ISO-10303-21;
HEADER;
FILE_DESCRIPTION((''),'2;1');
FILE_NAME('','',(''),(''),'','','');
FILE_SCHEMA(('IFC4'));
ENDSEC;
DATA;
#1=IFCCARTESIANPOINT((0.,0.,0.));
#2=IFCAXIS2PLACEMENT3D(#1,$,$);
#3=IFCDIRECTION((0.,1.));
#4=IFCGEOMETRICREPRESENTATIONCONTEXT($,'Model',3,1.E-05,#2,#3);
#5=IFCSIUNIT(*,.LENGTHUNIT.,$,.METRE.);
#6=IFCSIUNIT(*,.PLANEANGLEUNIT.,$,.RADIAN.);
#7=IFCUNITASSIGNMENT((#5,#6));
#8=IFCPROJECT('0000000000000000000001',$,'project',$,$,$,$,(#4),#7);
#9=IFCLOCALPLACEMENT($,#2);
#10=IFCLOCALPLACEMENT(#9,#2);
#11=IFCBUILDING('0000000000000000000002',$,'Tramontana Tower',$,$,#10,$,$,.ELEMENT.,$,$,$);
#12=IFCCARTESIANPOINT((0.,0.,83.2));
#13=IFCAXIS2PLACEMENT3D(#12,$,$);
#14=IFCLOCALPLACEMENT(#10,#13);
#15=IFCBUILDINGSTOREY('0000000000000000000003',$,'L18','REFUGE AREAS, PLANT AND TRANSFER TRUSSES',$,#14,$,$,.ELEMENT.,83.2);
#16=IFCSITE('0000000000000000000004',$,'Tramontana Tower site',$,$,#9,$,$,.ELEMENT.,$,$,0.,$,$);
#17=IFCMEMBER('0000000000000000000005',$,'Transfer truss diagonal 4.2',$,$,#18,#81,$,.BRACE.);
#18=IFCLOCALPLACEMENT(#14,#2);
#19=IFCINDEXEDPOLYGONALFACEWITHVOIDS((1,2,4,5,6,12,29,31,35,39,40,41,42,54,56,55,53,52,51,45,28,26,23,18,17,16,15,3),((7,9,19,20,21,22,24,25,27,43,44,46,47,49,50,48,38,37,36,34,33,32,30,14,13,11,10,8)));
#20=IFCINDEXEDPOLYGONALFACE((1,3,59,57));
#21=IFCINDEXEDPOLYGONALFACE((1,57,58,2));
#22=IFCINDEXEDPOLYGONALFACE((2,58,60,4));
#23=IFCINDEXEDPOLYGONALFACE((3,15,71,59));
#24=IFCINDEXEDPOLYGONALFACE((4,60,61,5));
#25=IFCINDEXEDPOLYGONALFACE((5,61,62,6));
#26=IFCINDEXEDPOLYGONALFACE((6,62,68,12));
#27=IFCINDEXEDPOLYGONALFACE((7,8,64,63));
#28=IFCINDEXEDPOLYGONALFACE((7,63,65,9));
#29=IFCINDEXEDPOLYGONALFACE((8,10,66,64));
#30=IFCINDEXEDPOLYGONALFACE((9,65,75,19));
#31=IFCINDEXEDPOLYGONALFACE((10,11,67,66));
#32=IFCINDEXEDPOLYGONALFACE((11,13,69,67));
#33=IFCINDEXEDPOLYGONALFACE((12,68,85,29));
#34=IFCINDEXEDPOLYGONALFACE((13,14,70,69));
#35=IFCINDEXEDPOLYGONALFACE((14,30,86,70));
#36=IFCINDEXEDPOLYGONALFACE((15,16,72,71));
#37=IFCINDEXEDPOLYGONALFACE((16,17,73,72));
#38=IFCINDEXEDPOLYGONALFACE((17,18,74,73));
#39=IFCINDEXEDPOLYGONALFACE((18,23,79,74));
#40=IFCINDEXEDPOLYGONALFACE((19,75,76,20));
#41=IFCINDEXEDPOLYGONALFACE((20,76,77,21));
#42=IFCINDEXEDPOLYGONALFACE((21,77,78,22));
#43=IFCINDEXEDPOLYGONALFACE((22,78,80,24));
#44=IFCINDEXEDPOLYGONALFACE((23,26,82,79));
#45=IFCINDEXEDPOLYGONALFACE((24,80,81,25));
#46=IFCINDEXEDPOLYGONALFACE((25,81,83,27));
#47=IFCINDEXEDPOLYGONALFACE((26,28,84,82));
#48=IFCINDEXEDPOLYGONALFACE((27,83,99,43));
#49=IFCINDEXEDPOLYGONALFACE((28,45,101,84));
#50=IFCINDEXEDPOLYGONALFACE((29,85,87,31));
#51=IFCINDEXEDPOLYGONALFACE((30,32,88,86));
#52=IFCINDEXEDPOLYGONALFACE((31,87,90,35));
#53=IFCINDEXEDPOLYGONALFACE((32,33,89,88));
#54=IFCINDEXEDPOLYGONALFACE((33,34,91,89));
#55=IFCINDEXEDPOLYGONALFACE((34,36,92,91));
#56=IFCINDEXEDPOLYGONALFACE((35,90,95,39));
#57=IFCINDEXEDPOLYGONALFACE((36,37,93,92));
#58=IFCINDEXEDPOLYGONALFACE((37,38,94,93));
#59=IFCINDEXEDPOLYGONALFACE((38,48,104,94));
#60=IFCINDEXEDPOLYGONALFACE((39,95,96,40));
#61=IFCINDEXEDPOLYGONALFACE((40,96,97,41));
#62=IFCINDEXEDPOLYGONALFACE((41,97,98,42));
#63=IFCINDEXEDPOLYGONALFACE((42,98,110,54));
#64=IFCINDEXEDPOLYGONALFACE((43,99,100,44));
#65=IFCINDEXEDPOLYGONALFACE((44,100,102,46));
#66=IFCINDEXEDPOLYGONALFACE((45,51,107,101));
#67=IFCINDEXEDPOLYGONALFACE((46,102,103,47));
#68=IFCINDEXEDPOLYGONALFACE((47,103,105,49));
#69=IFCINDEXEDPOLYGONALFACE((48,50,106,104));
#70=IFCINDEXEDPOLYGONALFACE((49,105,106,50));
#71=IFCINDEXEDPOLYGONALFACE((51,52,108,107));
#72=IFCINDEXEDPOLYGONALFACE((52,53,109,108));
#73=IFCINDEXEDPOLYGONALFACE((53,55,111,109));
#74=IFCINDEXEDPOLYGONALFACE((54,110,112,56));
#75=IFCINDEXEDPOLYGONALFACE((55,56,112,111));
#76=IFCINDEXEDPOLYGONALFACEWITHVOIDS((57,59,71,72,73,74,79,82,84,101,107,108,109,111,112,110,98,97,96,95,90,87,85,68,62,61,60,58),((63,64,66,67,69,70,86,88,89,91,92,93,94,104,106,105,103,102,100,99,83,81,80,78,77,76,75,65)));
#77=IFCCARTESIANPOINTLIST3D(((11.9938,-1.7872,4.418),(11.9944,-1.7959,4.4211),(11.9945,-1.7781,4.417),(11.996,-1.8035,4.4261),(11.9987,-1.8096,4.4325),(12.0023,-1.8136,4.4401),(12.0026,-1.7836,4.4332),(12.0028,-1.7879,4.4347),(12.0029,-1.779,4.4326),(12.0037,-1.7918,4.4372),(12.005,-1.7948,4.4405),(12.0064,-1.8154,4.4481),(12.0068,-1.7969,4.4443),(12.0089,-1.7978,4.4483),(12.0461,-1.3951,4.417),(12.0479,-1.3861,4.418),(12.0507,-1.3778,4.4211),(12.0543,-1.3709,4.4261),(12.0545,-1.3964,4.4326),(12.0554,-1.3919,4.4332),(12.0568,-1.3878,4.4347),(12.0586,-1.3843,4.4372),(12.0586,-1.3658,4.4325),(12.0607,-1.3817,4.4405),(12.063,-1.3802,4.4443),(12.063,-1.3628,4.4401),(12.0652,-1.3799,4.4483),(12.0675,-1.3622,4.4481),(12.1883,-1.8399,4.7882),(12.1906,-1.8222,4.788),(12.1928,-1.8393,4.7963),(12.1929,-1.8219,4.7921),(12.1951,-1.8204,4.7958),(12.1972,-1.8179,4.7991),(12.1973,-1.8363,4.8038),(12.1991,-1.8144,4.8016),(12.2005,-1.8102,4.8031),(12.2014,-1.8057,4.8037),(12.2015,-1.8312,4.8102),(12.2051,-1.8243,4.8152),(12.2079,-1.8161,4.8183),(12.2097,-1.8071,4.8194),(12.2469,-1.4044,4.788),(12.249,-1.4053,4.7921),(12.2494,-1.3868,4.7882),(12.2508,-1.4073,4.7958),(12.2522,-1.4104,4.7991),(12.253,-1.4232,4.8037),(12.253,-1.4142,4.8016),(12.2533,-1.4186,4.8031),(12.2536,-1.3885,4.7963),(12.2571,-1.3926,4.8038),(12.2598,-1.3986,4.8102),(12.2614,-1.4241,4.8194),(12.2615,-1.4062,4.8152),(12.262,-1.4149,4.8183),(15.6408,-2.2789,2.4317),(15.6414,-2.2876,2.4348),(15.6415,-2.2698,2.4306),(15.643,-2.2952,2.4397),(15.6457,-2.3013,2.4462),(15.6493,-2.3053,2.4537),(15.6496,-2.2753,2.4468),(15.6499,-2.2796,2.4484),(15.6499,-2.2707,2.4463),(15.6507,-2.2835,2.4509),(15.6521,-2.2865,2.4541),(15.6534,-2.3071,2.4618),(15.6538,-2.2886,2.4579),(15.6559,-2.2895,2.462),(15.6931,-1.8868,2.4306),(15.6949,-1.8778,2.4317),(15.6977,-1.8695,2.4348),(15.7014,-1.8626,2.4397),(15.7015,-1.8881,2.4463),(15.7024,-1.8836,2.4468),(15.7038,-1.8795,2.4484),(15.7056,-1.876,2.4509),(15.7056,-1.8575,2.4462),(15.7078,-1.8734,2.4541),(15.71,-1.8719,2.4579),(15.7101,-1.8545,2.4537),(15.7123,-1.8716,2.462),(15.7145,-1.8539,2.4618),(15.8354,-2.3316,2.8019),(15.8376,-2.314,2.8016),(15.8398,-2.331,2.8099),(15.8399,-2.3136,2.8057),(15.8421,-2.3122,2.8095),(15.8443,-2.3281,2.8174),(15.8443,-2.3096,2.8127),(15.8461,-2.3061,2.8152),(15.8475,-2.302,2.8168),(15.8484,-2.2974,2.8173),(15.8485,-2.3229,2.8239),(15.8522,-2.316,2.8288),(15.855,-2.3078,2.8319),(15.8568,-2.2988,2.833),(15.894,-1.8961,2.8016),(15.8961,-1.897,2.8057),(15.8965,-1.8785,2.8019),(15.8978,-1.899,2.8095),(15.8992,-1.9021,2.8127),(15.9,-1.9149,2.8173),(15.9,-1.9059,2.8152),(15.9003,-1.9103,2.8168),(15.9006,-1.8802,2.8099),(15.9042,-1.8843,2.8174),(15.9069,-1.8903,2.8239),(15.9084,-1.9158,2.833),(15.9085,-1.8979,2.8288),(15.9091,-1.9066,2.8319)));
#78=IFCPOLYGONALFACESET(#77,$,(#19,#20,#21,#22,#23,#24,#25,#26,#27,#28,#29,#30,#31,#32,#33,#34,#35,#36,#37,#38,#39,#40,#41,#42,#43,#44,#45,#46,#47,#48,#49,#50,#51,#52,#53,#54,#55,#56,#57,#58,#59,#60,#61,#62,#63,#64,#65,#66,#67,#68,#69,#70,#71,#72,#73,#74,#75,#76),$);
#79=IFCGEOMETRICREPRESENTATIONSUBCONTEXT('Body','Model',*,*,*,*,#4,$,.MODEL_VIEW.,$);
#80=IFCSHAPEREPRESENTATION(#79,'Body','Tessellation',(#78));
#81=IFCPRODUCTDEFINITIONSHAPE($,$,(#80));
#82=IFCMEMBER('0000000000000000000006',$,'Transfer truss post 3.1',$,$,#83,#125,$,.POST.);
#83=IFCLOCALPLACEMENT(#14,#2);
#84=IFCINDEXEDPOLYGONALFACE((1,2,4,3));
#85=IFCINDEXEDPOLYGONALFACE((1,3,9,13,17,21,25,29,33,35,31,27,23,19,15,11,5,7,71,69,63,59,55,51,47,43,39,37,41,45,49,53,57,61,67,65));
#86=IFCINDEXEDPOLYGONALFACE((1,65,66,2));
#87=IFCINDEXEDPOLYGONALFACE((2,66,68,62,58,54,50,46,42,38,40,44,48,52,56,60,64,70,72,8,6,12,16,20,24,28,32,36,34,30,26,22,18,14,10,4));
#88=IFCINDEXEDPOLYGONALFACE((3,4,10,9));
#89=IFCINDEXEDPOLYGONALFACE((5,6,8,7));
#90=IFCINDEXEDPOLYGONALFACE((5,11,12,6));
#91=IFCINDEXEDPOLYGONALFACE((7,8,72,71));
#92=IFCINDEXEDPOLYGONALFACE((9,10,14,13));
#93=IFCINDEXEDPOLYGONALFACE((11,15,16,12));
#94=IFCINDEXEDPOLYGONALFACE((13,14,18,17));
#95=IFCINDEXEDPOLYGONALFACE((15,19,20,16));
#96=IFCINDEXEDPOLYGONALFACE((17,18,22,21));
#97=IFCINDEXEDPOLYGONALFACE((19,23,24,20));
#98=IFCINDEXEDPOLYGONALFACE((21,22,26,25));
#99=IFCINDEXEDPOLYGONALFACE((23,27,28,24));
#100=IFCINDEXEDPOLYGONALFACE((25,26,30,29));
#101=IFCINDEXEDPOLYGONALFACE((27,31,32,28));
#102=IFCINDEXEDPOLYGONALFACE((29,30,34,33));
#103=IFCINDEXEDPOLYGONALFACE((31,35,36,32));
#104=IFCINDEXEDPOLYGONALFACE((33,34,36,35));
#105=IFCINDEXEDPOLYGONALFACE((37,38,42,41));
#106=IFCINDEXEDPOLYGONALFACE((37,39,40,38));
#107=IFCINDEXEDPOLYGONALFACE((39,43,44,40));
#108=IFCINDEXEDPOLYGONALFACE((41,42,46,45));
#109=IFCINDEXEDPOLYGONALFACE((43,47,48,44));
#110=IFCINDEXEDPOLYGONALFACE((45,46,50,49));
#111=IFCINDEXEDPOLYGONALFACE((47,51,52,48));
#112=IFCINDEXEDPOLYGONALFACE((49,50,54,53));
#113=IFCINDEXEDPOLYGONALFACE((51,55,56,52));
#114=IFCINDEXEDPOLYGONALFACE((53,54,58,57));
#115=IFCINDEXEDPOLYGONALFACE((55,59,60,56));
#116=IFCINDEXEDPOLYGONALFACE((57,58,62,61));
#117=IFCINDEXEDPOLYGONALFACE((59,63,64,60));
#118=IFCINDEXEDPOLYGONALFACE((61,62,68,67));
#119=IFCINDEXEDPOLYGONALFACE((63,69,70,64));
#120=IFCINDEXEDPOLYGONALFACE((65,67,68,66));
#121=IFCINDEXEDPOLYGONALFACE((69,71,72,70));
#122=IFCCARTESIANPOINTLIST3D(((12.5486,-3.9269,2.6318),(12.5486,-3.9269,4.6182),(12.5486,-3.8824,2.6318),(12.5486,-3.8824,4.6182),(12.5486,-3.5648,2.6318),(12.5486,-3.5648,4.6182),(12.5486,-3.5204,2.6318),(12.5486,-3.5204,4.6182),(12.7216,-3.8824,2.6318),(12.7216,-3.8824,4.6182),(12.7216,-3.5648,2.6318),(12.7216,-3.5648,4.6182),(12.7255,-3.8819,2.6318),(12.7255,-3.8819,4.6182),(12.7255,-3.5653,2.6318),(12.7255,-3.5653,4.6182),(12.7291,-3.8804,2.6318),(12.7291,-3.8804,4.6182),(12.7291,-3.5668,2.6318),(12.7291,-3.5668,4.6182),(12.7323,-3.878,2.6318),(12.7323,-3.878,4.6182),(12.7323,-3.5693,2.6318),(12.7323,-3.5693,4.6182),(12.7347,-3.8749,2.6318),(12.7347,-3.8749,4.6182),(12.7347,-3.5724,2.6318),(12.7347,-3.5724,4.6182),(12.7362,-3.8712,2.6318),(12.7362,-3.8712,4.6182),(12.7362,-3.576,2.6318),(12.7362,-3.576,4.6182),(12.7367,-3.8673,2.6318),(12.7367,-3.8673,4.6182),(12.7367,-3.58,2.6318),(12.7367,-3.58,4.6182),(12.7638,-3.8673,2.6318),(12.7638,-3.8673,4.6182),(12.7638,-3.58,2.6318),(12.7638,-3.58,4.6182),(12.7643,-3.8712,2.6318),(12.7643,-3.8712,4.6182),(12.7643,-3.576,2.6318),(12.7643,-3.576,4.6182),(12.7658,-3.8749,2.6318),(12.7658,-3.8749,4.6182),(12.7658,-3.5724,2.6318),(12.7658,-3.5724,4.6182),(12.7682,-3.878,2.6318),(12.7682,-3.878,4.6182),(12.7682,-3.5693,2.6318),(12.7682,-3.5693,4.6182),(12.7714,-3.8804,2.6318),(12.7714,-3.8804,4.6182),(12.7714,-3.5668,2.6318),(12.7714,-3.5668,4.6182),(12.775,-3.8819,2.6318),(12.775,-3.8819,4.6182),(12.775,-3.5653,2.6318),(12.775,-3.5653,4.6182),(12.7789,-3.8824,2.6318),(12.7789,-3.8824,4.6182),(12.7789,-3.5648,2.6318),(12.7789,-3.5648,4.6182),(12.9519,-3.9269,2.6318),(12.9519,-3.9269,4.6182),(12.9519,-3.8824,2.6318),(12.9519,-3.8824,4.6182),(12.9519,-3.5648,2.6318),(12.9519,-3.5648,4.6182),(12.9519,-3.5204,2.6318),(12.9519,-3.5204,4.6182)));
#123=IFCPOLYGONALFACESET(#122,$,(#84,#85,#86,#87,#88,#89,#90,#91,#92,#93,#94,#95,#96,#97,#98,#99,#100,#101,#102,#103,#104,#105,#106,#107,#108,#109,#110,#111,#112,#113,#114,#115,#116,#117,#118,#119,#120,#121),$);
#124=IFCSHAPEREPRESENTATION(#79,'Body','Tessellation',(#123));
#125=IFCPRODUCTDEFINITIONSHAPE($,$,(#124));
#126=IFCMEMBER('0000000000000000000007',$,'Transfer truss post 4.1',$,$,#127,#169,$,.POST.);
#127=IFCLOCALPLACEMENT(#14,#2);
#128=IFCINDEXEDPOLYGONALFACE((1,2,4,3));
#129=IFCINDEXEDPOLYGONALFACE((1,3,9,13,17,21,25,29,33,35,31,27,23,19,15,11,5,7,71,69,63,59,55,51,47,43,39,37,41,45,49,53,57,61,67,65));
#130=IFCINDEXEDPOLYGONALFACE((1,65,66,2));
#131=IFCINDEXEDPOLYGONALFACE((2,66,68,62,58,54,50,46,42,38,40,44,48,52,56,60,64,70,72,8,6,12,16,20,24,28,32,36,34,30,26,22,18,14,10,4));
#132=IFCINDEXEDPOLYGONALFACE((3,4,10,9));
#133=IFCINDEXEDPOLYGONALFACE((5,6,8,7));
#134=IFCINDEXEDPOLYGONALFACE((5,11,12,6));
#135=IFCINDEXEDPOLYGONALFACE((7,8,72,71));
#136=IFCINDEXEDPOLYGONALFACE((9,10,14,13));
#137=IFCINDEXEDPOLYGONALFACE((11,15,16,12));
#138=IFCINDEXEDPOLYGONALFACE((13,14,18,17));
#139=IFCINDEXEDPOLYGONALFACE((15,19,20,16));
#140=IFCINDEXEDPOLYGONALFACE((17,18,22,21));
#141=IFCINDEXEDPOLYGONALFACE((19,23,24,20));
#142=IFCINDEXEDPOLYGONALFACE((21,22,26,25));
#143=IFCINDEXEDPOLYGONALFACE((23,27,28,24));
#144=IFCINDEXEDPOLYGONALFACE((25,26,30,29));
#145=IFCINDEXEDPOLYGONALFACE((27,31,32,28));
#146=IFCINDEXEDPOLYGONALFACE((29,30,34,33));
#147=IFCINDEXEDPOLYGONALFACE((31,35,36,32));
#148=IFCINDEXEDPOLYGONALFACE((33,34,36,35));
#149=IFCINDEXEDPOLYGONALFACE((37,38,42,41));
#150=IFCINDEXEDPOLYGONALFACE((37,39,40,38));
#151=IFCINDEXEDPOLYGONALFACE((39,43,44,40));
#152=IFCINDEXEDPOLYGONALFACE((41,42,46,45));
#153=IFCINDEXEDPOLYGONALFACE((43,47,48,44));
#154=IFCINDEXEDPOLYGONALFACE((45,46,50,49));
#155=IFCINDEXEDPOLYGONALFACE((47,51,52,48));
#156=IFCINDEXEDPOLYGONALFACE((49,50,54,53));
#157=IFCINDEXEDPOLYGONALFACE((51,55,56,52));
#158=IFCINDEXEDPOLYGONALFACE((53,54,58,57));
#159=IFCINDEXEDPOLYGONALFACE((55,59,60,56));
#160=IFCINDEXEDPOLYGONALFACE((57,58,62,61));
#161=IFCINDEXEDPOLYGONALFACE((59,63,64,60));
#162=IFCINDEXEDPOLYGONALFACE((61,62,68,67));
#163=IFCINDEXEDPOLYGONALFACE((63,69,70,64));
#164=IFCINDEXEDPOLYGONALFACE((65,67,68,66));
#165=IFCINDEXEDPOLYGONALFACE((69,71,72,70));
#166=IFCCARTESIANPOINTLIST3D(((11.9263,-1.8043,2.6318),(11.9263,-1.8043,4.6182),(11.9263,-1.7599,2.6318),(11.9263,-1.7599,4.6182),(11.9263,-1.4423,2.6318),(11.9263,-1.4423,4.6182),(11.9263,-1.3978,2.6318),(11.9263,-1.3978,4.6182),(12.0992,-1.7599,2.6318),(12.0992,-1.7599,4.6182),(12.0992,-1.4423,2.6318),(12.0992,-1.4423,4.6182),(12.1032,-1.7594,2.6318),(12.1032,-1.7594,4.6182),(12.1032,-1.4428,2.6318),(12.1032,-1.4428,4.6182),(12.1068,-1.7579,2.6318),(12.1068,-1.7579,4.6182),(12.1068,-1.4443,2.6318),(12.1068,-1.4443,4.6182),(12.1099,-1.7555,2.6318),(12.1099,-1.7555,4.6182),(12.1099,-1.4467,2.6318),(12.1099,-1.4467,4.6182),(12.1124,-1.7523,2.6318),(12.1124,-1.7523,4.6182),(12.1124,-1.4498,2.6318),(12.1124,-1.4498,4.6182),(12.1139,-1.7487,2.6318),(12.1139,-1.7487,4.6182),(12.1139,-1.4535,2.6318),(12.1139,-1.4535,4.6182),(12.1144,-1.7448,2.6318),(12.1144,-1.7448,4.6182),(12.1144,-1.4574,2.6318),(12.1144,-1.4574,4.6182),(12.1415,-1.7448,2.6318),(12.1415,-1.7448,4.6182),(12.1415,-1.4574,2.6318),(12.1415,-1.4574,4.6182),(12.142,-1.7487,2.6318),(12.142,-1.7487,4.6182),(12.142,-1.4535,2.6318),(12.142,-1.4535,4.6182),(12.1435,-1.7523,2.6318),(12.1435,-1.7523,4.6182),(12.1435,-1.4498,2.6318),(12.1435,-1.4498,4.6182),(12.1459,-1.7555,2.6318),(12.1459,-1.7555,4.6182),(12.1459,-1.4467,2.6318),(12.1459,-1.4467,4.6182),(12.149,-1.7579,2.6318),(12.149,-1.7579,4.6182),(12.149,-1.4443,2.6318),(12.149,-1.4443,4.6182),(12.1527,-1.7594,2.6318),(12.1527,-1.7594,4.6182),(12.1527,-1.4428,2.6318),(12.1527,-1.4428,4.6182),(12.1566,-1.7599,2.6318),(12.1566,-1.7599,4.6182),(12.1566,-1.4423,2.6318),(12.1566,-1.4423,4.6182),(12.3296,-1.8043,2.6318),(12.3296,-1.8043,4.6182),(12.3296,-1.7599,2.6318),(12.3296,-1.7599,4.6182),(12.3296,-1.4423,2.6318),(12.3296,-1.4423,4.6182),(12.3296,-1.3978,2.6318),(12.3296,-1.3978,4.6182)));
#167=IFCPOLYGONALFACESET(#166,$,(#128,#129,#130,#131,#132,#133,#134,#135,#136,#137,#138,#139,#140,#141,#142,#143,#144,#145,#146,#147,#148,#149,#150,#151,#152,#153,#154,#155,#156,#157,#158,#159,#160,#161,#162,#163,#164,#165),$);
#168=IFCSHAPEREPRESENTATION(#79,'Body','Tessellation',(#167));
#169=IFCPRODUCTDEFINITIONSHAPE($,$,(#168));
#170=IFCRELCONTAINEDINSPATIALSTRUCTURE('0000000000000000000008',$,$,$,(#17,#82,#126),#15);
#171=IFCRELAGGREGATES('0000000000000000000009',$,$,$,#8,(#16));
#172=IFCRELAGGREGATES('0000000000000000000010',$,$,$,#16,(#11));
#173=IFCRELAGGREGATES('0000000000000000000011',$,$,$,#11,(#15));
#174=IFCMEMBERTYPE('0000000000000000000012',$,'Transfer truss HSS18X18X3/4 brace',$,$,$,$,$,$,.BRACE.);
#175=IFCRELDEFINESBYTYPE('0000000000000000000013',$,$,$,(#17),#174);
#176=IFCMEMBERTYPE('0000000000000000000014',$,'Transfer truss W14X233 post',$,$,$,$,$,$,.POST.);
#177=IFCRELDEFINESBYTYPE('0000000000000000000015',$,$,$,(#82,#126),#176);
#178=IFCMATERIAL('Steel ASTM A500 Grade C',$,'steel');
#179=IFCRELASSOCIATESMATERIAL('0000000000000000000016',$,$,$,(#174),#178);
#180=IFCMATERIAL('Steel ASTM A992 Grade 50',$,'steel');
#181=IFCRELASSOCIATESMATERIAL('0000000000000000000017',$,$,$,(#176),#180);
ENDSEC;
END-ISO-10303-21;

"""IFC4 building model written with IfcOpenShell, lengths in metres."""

from ifc_helpers import new_model, si_unit, direction, frame, origin, origin_2d, place, context, subcontext, project, spatial, hollow_rectangle, i_section, extrude, material, material_profile, profile_set, type_object, element, save


model = new_model("IFC4")

# Units and contexts
model_context = context("Model", 3, precision=1e-05, world=origin(), true_north=direction((0.0, 1.0)))
body_context = subcontext(model_context, "Body", "Model", "MODEL_VIEW")
ifc_project = project(units=[si_unit("LENGTHUNIT", "METRE"), si_unit("PLANEANGLEUNIT", "RADIAN")], contexts=[model_context])

# Site, building, storey
site_placement = place(None, origin())
site = spatial("IfcSite", under=ifc_project, at=site_placement, Name="Tramontana Tower site", CompositionType="ELEMENT", RefElevation=0.0)
building_placement = place(site_placement, origin())
building = spatial("IfcBuilding", under=site, at=building_placement, Name="Tramontana Tower", CompositionType="ELEMENT")
storey_placement = place(building_placement, frame((0.0, 0.0, 83.2)))
storey = spatial("IfcBuildingStorey", under=building, at=storey_placement, Name="L18", Description="REFUGE AREAS, PLANT AND TRANSFER TRUSSES", CompositionType="ELEMENT", Elevation=83.2)

# Members
ifc_material_1 = material(Name="Steel ASTM A500 Grade C", Category="steel")
ifc_material_profile_1 = material_profile(ifc_material_1, hollow_rectangle(XDim=0.4573, YDim=0.4573, WallThickness=0.0178, InnerFilletRadius=0.0178, OuterFilletRadius=0.0354, at=origin_2d()), Name="HSS18X18X3/4")
ifc_profile_set_1 = profile_set([ifc_material_profile_1], Name="Steel ASTM A500 Grade C")
member_type_1 = type_object("IfcMemberType", Name="Transfer truss HSS18X18X3/4 brace", PredefinedType="BRACE", material=ifc_profile_set_1)
member_1_placement = place(storey_placement, frame((12.1279, -1.6011, 4.6182), z_axis=(0.8721, -0.11758, -0.474991), x_axis=(0.133615, 0.991033, 0.0)))
element("IfcMember", 1, at=member_1_placement, inside=storey, type_object=member_type_1, Name="Transfer truss diagonal 4.2", PredefinedType="BRACE", context=body_context, shape_type="SweptSolid", body=[
    extrude(hollow_rectangle(XDim=0.4573, YDim=0.4573, WallThickness=0.0178, InnerFilletRadius=0.0178, OuterFilletRadius=0.0354, at=origin_2d()), origin(), (0.0, 0.0, 1.0), 4.1819),
])
ifc_material_2 = material(Name="Steel ASTM A992 Grade 50", Category="steel")
ifc_material_profile_2 = material_profile(ifc_material_2, i_section(OverallWidth=0.4033, OverallDepth=0.4065, WebThickness=0.0271, FlangeThickness=0.0444, FilletRadius=0.0151, at=origin_2d()), Name="W14X233")
ifc_profile_set_2 = profile_set([ifc_material_profile_2], Name="Steel ASTM A992 Grade 50")
member_type_2 = type_object("IfcMemberType", Name="Transfer truss W14X233 post", PredefinedType="POST", material=ifc_profile_set_2)
for number, where, z_axis, x_axis, name in (
    (2, (12.7502, -3.7236, 2.6318), (0.0, 0.0, 1.0), (1.0, 0.0, 0.0), "Transfer truss post 3.1"),
    (3, (12.1279, -1.6011, 2.6318), (0.0, 0.0, 1.0), (1.0, 0.0, 0.0), "Transfer truss post 4.1"),
):
    element("IfcMember", number, at=place(storey_placement, frame(where, z_axis=z_axis, x_axis=x_axis)), inside=storey, type_object=member_type_2, Name=name, PredefinedType="POST", context=body_context, shape_type="SweptSolid", body=[
        extrude(i_section(OverallWidth=0.4033, OverallDepth=0.4065, WebThickness=0.0271, FlangeThickness=0.0444, FilletRadius=0.0151, at=origin_2d()), origin(), (0.0, 0.0, 1.0), 1.9863),
    ])

save(model, "model.ifc")
